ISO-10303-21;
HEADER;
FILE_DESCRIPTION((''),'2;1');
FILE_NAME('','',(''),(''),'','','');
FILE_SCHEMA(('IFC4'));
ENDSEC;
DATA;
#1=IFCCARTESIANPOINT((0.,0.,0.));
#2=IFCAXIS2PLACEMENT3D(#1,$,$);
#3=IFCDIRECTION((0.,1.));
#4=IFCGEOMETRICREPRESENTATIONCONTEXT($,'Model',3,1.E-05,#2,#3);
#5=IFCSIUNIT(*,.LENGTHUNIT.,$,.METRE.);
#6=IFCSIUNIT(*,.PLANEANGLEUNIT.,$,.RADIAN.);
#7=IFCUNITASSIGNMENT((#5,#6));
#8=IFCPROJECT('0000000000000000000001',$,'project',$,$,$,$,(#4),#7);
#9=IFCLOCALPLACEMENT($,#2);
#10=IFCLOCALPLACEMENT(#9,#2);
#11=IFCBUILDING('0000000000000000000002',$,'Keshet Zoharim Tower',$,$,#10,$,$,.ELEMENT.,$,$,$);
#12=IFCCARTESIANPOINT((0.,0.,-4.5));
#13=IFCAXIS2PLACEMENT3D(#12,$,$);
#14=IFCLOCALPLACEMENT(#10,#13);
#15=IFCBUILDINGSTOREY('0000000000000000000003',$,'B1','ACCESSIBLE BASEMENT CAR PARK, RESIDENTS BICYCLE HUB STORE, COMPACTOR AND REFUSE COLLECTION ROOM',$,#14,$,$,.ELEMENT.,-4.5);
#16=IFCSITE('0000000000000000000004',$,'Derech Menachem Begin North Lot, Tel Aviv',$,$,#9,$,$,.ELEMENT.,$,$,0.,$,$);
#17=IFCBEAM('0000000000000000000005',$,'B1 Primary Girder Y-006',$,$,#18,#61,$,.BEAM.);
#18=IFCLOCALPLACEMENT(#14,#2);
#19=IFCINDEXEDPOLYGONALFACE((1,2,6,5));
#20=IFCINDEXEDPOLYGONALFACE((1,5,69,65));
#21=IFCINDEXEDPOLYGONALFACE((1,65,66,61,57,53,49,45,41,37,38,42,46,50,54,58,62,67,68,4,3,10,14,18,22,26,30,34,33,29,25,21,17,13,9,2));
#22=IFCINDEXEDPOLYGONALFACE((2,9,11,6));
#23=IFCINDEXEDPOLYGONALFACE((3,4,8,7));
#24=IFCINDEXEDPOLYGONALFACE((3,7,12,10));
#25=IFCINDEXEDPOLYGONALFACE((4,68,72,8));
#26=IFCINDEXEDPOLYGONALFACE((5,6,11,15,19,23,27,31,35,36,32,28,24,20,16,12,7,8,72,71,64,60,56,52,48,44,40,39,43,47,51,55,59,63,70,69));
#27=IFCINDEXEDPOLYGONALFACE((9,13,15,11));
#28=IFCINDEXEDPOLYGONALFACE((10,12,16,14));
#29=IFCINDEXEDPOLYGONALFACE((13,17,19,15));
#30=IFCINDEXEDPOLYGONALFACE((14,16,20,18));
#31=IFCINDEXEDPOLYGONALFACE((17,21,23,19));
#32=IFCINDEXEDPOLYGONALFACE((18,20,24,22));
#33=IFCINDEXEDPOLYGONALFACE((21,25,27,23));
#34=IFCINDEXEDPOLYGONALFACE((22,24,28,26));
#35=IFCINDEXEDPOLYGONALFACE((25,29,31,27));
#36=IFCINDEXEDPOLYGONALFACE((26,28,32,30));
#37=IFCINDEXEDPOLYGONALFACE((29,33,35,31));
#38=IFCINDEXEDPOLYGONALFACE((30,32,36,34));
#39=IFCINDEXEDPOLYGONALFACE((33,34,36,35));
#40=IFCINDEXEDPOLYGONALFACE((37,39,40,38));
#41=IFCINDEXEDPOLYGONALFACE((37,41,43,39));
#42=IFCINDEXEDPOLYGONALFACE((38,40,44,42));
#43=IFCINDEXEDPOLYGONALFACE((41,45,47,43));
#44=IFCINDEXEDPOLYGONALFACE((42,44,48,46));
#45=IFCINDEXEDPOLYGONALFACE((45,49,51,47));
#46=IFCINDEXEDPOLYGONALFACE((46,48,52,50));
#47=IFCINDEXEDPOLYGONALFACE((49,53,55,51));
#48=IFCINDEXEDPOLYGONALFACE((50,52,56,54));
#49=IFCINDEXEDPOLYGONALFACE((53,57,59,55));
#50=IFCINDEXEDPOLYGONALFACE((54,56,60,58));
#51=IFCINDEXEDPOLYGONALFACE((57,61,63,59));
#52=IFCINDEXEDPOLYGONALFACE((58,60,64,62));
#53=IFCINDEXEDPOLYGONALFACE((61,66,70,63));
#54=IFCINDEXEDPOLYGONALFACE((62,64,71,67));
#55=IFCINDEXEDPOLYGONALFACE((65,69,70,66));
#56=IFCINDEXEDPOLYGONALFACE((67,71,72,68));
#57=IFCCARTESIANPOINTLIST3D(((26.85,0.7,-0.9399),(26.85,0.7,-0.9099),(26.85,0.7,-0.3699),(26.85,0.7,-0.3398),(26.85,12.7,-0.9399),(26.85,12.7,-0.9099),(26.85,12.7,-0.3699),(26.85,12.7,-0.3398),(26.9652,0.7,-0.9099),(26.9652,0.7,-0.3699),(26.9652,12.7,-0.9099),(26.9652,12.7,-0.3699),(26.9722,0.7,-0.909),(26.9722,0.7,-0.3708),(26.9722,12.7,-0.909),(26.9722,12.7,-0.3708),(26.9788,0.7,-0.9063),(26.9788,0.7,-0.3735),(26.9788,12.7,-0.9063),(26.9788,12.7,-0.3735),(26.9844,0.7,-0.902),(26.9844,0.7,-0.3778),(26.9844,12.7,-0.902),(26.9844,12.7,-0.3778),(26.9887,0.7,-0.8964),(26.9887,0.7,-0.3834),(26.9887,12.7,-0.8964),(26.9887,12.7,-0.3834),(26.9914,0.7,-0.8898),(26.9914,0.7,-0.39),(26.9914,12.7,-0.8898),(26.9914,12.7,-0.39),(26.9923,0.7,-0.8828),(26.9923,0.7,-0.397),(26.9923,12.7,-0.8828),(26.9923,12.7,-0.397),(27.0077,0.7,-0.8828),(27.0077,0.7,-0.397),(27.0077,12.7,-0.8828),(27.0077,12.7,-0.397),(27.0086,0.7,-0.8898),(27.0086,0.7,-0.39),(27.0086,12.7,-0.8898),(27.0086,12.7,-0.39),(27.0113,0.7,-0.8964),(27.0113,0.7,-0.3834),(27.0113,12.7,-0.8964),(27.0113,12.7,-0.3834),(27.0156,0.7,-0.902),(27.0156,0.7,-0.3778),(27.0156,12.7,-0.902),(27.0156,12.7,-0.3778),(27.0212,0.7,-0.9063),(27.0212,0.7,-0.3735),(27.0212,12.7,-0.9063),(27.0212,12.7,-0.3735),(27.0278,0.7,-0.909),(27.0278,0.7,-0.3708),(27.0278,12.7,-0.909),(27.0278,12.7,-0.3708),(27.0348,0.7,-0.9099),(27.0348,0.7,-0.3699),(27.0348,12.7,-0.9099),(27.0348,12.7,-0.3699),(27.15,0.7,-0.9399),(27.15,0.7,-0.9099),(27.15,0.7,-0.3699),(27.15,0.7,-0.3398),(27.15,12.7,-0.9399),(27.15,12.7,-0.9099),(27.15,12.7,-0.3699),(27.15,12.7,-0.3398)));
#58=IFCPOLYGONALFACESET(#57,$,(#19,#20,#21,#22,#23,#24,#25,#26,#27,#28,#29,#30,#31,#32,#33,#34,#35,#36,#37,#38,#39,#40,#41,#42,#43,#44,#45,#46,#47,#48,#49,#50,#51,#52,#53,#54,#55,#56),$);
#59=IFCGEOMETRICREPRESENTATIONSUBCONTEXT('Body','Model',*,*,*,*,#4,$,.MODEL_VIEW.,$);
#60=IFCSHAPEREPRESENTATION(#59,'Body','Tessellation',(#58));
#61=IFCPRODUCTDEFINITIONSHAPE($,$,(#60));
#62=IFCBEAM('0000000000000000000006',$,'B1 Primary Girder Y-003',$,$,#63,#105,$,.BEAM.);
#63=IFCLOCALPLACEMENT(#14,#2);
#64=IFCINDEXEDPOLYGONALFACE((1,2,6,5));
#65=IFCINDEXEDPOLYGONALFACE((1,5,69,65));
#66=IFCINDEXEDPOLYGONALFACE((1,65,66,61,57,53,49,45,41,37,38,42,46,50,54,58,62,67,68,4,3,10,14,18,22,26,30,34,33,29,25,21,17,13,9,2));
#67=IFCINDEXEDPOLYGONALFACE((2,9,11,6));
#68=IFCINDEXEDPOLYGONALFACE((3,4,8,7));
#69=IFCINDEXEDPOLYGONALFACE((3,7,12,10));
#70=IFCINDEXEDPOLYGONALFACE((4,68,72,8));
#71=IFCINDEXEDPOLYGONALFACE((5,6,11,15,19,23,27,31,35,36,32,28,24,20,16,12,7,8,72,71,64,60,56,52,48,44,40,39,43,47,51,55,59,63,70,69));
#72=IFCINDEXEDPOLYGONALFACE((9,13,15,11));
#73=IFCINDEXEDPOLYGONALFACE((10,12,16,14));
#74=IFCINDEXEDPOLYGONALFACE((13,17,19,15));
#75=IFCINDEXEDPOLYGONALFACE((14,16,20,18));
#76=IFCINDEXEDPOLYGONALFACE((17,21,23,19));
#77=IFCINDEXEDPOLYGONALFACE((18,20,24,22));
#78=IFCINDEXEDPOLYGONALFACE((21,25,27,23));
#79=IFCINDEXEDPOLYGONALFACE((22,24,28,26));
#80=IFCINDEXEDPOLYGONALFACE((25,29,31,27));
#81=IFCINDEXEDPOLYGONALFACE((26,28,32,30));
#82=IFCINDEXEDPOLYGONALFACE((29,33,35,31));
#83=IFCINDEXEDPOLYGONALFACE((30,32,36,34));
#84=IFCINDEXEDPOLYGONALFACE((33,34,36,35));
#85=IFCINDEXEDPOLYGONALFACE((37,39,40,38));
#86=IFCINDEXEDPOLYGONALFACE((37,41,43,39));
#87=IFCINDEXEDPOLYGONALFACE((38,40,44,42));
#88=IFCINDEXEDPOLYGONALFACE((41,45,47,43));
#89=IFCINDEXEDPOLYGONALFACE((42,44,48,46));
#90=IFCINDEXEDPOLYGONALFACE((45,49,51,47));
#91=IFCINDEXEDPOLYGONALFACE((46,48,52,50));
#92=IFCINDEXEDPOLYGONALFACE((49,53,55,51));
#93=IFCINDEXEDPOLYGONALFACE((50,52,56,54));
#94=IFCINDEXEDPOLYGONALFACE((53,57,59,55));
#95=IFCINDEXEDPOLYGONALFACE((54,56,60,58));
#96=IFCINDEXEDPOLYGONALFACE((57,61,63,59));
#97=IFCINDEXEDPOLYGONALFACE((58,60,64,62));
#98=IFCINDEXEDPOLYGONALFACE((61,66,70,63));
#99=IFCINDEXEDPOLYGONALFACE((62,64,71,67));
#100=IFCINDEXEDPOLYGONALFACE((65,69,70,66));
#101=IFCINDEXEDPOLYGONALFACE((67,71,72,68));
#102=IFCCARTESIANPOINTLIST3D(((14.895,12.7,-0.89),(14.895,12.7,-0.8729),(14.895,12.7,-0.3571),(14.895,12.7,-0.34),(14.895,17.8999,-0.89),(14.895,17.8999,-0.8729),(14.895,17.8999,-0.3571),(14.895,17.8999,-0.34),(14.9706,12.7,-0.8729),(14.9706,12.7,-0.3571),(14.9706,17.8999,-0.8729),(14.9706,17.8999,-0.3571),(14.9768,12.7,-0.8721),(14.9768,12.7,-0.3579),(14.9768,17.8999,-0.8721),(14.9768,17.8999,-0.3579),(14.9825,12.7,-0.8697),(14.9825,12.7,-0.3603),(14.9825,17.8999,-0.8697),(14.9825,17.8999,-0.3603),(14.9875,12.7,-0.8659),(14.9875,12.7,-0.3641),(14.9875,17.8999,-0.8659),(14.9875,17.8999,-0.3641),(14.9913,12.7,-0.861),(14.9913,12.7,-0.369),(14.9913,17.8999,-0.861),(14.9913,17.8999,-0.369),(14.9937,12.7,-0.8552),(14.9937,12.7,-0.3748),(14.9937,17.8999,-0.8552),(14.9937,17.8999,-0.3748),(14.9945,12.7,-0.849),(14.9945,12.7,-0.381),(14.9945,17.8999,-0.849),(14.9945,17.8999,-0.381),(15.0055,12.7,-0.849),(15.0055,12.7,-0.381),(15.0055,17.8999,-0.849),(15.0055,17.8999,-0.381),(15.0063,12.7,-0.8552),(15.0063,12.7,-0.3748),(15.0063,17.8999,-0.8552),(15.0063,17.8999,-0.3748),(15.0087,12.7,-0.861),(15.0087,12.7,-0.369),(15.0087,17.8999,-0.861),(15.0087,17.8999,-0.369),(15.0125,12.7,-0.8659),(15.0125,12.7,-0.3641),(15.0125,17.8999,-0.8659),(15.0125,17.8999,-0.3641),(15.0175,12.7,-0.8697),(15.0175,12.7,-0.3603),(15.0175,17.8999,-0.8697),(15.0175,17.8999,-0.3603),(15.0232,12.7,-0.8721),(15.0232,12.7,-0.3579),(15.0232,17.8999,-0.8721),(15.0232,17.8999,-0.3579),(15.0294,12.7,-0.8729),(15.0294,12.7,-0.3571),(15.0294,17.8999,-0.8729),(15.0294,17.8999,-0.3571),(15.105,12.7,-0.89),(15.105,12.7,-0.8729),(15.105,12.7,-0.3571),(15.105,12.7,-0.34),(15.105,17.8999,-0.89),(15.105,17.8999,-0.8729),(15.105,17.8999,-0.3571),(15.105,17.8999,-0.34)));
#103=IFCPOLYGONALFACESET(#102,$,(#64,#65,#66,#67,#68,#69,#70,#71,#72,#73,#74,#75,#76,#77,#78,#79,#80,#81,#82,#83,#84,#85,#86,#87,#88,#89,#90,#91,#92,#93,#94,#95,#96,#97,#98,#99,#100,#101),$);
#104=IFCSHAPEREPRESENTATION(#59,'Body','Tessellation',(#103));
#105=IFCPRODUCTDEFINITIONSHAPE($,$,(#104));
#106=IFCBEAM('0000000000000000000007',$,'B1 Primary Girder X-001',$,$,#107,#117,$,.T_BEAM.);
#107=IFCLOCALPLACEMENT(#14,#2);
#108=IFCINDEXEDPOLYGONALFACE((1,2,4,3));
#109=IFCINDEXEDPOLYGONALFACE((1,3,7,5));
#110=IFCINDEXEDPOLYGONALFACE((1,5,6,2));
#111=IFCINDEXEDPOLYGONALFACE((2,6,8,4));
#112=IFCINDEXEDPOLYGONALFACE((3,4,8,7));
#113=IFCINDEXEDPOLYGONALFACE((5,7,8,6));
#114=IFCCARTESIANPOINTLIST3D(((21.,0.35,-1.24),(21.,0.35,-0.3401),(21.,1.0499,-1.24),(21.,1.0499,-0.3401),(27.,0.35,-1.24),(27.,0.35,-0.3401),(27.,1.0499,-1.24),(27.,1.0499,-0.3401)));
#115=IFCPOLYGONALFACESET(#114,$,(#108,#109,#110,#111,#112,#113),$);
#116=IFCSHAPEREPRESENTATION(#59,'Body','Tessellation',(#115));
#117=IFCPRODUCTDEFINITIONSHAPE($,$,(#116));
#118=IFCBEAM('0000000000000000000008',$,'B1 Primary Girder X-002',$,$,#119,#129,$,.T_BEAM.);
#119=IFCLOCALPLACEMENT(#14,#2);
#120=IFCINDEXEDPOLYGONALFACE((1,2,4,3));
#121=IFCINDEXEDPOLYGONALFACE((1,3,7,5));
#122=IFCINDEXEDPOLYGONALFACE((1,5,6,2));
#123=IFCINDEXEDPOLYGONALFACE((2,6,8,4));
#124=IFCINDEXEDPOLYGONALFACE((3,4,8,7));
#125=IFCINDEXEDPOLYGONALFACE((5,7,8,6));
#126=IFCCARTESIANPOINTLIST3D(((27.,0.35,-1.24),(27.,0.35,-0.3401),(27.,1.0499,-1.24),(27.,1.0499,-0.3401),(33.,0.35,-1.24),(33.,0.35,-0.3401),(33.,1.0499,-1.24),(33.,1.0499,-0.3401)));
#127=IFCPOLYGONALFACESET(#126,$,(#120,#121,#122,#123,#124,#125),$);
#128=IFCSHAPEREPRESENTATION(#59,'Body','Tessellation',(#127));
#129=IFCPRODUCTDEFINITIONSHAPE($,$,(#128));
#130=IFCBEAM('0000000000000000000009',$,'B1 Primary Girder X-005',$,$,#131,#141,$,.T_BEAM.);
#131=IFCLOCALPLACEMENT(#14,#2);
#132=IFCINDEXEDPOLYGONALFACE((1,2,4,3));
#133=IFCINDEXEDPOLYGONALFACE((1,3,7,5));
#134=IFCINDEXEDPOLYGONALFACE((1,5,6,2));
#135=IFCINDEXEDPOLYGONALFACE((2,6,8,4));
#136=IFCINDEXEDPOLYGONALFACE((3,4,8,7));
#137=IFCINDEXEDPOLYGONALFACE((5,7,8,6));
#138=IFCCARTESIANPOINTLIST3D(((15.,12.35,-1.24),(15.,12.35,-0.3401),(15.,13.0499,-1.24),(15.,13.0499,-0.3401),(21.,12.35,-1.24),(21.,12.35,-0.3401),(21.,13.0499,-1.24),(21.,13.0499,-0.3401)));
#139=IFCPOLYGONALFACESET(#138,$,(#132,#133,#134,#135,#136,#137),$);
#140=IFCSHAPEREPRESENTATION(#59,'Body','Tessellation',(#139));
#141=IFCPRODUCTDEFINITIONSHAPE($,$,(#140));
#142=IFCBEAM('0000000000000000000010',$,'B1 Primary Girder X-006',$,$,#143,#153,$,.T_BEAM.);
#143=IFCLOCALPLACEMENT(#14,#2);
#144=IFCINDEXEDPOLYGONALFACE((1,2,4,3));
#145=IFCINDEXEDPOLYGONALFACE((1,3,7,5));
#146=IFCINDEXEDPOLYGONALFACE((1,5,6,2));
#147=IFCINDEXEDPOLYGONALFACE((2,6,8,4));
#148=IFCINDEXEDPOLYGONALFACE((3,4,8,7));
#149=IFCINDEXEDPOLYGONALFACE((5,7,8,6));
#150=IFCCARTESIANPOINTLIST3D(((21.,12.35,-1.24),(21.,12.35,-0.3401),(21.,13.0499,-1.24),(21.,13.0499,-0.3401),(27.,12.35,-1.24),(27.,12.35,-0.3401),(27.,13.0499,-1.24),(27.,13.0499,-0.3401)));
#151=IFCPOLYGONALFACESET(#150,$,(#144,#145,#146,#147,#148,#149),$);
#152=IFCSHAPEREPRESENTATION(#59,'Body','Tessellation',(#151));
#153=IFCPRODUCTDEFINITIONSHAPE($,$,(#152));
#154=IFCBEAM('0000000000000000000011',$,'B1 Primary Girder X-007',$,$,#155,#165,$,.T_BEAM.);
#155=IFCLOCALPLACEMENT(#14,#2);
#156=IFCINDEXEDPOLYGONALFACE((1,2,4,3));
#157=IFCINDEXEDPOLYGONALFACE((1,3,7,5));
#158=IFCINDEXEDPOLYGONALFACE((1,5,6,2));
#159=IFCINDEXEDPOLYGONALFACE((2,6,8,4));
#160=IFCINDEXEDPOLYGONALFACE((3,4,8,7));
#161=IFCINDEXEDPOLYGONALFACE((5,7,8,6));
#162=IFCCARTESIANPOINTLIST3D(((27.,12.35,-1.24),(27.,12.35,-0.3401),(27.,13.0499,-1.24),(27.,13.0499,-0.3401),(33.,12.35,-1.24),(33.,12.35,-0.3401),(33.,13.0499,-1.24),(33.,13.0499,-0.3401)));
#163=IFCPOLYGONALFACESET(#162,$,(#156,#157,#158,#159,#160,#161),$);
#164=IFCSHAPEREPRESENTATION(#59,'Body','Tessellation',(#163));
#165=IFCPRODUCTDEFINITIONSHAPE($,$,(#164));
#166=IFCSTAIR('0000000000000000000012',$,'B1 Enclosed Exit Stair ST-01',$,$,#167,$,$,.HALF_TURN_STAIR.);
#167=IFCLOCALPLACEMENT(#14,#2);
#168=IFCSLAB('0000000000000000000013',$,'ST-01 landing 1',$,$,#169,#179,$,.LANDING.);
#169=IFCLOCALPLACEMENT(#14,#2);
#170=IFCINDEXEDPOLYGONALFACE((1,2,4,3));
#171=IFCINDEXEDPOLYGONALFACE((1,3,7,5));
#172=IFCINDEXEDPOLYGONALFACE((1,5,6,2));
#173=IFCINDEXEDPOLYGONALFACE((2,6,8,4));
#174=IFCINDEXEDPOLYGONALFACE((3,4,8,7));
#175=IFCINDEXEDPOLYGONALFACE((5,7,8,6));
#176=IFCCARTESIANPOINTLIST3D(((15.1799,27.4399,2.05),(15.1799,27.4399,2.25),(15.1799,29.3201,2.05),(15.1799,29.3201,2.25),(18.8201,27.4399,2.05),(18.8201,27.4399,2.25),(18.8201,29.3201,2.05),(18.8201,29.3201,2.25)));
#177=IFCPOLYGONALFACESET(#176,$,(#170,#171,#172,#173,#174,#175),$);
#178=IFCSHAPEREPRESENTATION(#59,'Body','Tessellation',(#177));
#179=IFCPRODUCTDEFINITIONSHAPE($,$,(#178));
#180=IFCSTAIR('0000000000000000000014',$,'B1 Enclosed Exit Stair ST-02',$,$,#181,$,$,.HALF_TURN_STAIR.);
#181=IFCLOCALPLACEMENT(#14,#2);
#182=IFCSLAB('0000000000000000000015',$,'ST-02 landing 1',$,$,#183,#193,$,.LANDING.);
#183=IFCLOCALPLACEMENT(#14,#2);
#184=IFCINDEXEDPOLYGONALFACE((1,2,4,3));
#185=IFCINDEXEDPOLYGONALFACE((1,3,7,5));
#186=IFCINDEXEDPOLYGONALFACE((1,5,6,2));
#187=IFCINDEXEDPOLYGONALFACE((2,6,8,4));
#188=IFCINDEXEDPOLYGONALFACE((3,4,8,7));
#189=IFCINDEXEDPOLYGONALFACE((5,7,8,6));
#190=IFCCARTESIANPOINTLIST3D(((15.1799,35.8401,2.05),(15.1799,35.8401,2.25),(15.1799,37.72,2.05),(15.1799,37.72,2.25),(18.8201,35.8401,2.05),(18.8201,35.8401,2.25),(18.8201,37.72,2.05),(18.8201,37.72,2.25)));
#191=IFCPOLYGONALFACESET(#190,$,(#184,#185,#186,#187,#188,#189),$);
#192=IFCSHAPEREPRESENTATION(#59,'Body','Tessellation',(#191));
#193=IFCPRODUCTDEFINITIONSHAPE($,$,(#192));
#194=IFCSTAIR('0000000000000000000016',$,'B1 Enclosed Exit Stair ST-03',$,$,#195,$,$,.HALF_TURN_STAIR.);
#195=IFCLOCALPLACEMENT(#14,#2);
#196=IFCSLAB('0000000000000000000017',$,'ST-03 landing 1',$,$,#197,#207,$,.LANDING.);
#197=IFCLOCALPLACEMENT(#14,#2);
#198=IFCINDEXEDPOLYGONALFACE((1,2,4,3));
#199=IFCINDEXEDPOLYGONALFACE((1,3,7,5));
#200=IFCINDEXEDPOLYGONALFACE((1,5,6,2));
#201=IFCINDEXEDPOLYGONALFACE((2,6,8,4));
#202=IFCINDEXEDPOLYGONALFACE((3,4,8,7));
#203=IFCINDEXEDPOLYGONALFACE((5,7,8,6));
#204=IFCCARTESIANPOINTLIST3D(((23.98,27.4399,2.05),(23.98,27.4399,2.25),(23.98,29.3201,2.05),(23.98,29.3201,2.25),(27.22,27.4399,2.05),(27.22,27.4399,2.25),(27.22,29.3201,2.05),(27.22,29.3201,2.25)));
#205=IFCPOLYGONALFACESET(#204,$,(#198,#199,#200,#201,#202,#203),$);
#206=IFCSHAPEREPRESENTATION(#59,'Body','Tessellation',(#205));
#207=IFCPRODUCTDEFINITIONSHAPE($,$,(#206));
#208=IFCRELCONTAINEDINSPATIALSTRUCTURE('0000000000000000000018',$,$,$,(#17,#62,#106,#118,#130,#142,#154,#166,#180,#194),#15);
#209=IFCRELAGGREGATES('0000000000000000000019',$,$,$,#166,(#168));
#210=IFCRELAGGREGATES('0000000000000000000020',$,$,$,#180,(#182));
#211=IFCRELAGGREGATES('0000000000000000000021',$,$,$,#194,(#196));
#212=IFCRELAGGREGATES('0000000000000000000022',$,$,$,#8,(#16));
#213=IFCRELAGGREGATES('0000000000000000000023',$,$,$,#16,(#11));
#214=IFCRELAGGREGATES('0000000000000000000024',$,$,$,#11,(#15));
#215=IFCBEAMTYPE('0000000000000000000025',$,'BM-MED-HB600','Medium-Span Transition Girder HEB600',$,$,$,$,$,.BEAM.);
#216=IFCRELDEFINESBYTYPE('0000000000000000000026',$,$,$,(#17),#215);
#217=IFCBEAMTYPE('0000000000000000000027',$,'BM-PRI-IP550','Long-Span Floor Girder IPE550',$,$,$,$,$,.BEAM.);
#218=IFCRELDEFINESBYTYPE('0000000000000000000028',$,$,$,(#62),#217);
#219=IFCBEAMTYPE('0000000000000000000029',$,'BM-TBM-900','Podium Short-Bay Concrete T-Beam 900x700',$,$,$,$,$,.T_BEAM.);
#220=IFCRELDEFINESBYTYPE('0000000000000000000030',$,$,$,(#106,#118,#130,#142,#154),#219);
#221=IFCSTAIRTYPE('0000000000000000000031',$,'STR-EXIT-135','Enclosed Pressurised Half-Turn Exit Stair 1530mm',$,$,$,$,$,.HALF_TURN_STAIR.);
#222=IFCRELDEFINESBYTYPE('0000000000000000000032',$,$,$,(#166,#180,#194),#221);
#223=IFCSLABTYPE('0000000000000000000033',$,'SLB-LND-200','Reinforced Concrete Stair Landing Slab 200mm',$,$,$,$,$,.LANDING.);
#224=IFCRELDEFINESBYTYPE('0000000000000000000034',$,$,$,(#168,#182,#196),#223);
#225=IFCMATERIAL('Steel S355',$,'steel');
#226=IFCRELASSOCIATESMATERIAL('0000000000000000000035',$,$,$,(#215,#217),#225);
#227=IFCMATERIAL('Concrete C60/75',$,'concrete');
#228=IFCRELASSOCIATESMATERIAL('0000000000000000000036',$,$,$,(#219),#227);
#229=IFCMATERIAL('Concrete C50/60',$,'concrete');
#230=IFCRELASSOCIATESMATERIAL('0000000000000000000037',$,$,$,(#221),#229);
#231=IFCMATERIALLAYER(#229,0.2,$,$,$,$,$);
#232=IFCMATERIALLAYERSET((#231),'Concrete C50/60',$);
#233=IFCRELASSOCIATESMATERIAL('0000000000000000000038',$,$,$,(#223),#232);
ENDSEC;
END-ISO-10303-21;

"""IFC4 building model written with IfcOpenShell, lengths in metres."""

from ifc_helpers import new_model, si_unit, direction, frame, origin, origin_2d, place, context, subcontext, project, spatial, polyline, rectangle, i_section, outline, extrude, material, layer, layer_set, material_profile, profile_set, type_object, element, aggregate, save


model = new_model("IFC4")

# Units and contexts
model_context = context("Model", 3, precision=1e-05, world=origin(), true_north=direction((0.0, 1.0)))
body_context = subcontext(model_context, "Body", "Model", "MODEL_VIEW")
ifc_project = project(units=[si_unit("LENGTHUNIT", "METRE"), si_unit("PLANEANGLEUNIT", "RADIAN")], contexts=[model_context])

# Site, building, storey
site_placement = place(None, origin())
site = spatial("IfcSite", under=ifc_project, at=site_placement, Name="Derech Menachem Begin North Lot, Tel Aviv", CompositionType="ELEMENT", RefElevation=0.0)
building_placement = place(site_placement, origin())
building = spatial("IfcBuilding", under=site, at=building_placement, Name="Keshet Zoharim Tower", CompositionType="ELEMENT")
storey_placement = place(building_placement, frame((0.0, 0.0, -4.5)))
storey = spatial("IfcBuildingStorey", under=building, at=storey_placement, Name="B1", Description="ACCESSIBLE BASEMENT CAR PARK, RESIDENTS BICYCLE HUB STORE, COMPACTOR AND REFUSE COLLECTION ROOM", CompositionType="ELEMENT", Elevation=-4.5)

# Shared definitions
ifc_material_1 = material(Name="Concrete C60/75", Category="concrete")

# Beams
ifc_material_2 = material(Name="Steel S355", Category="steel")
ifc_material_profile_1 = material_profile(ifc_material_2, i_section(OverallWidth=0.3, OverallDepth=0.6001, WebThickness=0.0154, FlangeThickness=0.03, FilletRadius=0.0271, at=origin_2d()), Name="HEB600")
ifc_profile_set_1 = profile_set([ifc_material_profile_1], Name="Steel S355")
beam_type_1 = type_object("IfcBeamType", Name="BM-MED-HB600", Description="Medium-Span Transition Girder HEB600", PredefinedType="BEAM", material=ifc_profile_set_1)
for number, where, z_axis, x_axis, name in (
    (1, (27.0, 0.7, -0.6399), (0.0, 1.0, 0.0), (-1.0, 0.0, 0.0), "B1 Primary Girder Y-006"),
):
    element("IfcBeam", number, at=place(storey_placement, frame(where, z_axis=z_axis, x_axis=x_axis)), inside=storey, type_object=beam_type_1, Name=name, PredefinedType="BEAM", context=body_context, shape_type="SweptSolid", body=[
        extrude(i_section(OverallWidth=0.3, OverallDepth=0.6001, WebThickness=0.0154, FlangeThickness=0.03, FilletRadius=0.0271, at=origin_2d()), origin(), (0.0, 0.0, 1.0), 12.0),
    ])
ifc_material_profile_2 = material_profile(ifc_material_2, i_section(OverallWidth=0.21, OverallDepth=0.55, WebThickness=0.011, FlangeThickness=0.0171, FilletRadius=0.0239, at=origin_2d()), Name="IPE550")
ifc_profile_set_2 = profile_set([ifc_material_profile_2], Name="Steel S355")
beam_type_2 = type_object("IfcBeamType", Name="BM-PRI-IP550", Description="Long-Span Floor Girder IPE550", PredefinedType="BEAM", material=ifc_profile_set_2)
beam_1_placement = place(storey_placement, frame((15.0, 12.7, -0.615), z_axis=(0.0, 1.0, 0.0), x_axis=(-1.0, 0.0, 0.0)))
element("IfcBeam", 2, at=beam_1_placement, inside=storey, type_object=beam_type_2, Name="B1 Primary Girder Y-003", PredefinedType="BEAM", context=body_context, shape_type="SweptSolid", body=[
    extrude(i_section(OverallWidth=0.21, OverallDepth=0.55, WebThickness=0.011, FlangeThickness=0.0171, FilletRadius=0.0239, at=origin_2d()), origin(), (0.0, 0.0, 1.0), 5.2),
])
ifc_material_profile_3 = material_profile(ifc_material_1, rectangle(XDim=0.7, YDim=0.8999, at=origin_2d()), Name="RC900x700")
ifc_profile_set_3 = profile_set([ifc_material_profile_3], Name="Concrete C60/75")
beam_type_3 = type_object("IfcBeamType", Name="BM-TBM-900", Description="Podium Short-Bay Concrete T-Beam 900x700", PredefinedType="T_BEAM", material=ifc_profile_set_3)
for number, where, z_axis, x_axis, name in (
    (3, (21.0, 0.7, -0.79), (1.0, 0.0, 0.0), (0.0, 1.0, 0.0), "B1 Primary Girder X-001"),
    (4, (27.0, 0.7, -0.79), (1.0, 0.0, 0.0), (0.0, 1.0, 0.0), "B1 Primary Girder X-002"),
    (5, (15.0, 12.7, -0.79), (1.0, 0.0, 0.0), (0.0, 1.0, 0.0), "B1 Primary Girder X-005"),
    (6, (21.0, 12.7, -0.79), (1.0, 0.0, 0.0), (0.0, 1.0, 0.0), "B1 Primary Girder X-006"),
    (7, (27.0, 12.7, -0.79), (1.0, 0.0, 0.0), (0.0, 1.0, 0.0), "B1 Primary Girder X-007"),
):
    element("IfcBeam", number, at=place(storey_placement, frame(where, z_axis=z_axis, x_axis=x_axis)), inside=storey, type_object=beam_type_3, Name=name, PredefinedType="T_BEAM", context=body_context, shape_type="SweptSolid", body=[
        extrude(rectangle(XDim=0.7, YDim=0.8999, at=origin_2d()), origin(), (0.0, 0.0, 1.0), 6.0),
    ])

# Stairs, slabs
ifc_material_3 = material(Name="Concrete C50/60", Category="concrete")
stair_type = type_object("IfcStairType", Name="STR-EXIT-135", Description="Enclosed Pressurised Half-Turn Exit Stair 1530mm", PredefinedType="HALF_TURN_STAIR", material=ifc_material_3)
stair_1_placement = place(storey_placement, origin())
stair_1 = element("IfcStair", 8, at=stair_1_placement, inside=storey, type_object=stair_type, Name="B1 Enclosed Exit Stair ST-01", PredefinedType="HALF_TURN_STAIR")
ifc_layer_1 = layer(ifc_material_3, 0.2)
ifc_layer_set_1 = layer_set([ifc_layer_1], Name="Concrete C50/60")
slab_type_1 = type_object("IfcSlabType", Name="SLB-LND-200", Description="Reinforced Concrete Stair Landing Slab 200mm", PredefinedType="LANDING", material=ifc_layer_set_1)
slab_1_placement = place(storey_placement, frame((0.0, 0.0, 2.05)))
slab_1 = element("IfcSlab", 9, at=slab_1_placement, type_object=slab_type_1, Name="ST-01 landing 1", PredefinedType="LANDING", context=body_context, shape_type="SweptSolid", body=[
    extrude(outline(polyline([(15.1799, 27.4399), (18.8201, 27.4399), (18.8201, 29.3201), (15.1799, 29.3201), (15.1799, 27.4399)])), origin(), (0.0, 0.0, 1.0), 0.2),
])
aggregate(stair_1, [slab_1])
stair_2_placement = place(storey_placement, origin())
stair_2 = element("IfcStair", 10, at=stair_2_placement, inside=storey, type_object=stair_type, Name="B1 Enclosed Exit Stair ST-02", PredefinedType="HALF_TURN_STAIR")
slab_2_placement = place(storey_placement, frame((0.0, 0.0, 2.05)))
slab_2 = element("IfcSlab", 11, at=slab_2_placement, type_object=slab_type_1, Name="ST-02 landing 1", PredefinedType="LANDING", context=body_context, shape_type="SweptSolid", body=[
    extrude(outline(polyline([(15.1799, 35.8401), (18.8201, 35.8401), (18.8201, 37.72), (15.1799, 37.72), (15.1799, 35.8401)])), origin(), (0.0, 0.0, 1.0), 0.2),
])
aggregate(stair_2, [slab_2])
stair_3_placement = place(storey_placement, origin())
stair_3 = element("IfcStair", 12, at=stair_3_placement, inside=storey, type_object=stair_type, Name="B1 Enclosed Exit Stair ST-03", PredefinedType="HALF_TURN_STAIR")
slab_3_placement = place(storey_placement, frame((0.0, 0.0, 2.05)))
slab_3 = element("IfcSlab", 13, at=slab_3_placement, type_object=slab_type_1, Name="ST-03 landing 1", PredefinedType="LANDING", context=body_context, shape_type="SweptSolid", body=[
    extrude(outline(polyline([(23.98, 27.4399), (27.22, 27.4399), (27.22, 29.3201), (23.98, 29.3201), (23.98, 27.4399)])), origin(), (0.0, 0.0, 1.0), 0.2),
])
aggregate(stair_3, [slab_3])

save(model, "model.ifc")
